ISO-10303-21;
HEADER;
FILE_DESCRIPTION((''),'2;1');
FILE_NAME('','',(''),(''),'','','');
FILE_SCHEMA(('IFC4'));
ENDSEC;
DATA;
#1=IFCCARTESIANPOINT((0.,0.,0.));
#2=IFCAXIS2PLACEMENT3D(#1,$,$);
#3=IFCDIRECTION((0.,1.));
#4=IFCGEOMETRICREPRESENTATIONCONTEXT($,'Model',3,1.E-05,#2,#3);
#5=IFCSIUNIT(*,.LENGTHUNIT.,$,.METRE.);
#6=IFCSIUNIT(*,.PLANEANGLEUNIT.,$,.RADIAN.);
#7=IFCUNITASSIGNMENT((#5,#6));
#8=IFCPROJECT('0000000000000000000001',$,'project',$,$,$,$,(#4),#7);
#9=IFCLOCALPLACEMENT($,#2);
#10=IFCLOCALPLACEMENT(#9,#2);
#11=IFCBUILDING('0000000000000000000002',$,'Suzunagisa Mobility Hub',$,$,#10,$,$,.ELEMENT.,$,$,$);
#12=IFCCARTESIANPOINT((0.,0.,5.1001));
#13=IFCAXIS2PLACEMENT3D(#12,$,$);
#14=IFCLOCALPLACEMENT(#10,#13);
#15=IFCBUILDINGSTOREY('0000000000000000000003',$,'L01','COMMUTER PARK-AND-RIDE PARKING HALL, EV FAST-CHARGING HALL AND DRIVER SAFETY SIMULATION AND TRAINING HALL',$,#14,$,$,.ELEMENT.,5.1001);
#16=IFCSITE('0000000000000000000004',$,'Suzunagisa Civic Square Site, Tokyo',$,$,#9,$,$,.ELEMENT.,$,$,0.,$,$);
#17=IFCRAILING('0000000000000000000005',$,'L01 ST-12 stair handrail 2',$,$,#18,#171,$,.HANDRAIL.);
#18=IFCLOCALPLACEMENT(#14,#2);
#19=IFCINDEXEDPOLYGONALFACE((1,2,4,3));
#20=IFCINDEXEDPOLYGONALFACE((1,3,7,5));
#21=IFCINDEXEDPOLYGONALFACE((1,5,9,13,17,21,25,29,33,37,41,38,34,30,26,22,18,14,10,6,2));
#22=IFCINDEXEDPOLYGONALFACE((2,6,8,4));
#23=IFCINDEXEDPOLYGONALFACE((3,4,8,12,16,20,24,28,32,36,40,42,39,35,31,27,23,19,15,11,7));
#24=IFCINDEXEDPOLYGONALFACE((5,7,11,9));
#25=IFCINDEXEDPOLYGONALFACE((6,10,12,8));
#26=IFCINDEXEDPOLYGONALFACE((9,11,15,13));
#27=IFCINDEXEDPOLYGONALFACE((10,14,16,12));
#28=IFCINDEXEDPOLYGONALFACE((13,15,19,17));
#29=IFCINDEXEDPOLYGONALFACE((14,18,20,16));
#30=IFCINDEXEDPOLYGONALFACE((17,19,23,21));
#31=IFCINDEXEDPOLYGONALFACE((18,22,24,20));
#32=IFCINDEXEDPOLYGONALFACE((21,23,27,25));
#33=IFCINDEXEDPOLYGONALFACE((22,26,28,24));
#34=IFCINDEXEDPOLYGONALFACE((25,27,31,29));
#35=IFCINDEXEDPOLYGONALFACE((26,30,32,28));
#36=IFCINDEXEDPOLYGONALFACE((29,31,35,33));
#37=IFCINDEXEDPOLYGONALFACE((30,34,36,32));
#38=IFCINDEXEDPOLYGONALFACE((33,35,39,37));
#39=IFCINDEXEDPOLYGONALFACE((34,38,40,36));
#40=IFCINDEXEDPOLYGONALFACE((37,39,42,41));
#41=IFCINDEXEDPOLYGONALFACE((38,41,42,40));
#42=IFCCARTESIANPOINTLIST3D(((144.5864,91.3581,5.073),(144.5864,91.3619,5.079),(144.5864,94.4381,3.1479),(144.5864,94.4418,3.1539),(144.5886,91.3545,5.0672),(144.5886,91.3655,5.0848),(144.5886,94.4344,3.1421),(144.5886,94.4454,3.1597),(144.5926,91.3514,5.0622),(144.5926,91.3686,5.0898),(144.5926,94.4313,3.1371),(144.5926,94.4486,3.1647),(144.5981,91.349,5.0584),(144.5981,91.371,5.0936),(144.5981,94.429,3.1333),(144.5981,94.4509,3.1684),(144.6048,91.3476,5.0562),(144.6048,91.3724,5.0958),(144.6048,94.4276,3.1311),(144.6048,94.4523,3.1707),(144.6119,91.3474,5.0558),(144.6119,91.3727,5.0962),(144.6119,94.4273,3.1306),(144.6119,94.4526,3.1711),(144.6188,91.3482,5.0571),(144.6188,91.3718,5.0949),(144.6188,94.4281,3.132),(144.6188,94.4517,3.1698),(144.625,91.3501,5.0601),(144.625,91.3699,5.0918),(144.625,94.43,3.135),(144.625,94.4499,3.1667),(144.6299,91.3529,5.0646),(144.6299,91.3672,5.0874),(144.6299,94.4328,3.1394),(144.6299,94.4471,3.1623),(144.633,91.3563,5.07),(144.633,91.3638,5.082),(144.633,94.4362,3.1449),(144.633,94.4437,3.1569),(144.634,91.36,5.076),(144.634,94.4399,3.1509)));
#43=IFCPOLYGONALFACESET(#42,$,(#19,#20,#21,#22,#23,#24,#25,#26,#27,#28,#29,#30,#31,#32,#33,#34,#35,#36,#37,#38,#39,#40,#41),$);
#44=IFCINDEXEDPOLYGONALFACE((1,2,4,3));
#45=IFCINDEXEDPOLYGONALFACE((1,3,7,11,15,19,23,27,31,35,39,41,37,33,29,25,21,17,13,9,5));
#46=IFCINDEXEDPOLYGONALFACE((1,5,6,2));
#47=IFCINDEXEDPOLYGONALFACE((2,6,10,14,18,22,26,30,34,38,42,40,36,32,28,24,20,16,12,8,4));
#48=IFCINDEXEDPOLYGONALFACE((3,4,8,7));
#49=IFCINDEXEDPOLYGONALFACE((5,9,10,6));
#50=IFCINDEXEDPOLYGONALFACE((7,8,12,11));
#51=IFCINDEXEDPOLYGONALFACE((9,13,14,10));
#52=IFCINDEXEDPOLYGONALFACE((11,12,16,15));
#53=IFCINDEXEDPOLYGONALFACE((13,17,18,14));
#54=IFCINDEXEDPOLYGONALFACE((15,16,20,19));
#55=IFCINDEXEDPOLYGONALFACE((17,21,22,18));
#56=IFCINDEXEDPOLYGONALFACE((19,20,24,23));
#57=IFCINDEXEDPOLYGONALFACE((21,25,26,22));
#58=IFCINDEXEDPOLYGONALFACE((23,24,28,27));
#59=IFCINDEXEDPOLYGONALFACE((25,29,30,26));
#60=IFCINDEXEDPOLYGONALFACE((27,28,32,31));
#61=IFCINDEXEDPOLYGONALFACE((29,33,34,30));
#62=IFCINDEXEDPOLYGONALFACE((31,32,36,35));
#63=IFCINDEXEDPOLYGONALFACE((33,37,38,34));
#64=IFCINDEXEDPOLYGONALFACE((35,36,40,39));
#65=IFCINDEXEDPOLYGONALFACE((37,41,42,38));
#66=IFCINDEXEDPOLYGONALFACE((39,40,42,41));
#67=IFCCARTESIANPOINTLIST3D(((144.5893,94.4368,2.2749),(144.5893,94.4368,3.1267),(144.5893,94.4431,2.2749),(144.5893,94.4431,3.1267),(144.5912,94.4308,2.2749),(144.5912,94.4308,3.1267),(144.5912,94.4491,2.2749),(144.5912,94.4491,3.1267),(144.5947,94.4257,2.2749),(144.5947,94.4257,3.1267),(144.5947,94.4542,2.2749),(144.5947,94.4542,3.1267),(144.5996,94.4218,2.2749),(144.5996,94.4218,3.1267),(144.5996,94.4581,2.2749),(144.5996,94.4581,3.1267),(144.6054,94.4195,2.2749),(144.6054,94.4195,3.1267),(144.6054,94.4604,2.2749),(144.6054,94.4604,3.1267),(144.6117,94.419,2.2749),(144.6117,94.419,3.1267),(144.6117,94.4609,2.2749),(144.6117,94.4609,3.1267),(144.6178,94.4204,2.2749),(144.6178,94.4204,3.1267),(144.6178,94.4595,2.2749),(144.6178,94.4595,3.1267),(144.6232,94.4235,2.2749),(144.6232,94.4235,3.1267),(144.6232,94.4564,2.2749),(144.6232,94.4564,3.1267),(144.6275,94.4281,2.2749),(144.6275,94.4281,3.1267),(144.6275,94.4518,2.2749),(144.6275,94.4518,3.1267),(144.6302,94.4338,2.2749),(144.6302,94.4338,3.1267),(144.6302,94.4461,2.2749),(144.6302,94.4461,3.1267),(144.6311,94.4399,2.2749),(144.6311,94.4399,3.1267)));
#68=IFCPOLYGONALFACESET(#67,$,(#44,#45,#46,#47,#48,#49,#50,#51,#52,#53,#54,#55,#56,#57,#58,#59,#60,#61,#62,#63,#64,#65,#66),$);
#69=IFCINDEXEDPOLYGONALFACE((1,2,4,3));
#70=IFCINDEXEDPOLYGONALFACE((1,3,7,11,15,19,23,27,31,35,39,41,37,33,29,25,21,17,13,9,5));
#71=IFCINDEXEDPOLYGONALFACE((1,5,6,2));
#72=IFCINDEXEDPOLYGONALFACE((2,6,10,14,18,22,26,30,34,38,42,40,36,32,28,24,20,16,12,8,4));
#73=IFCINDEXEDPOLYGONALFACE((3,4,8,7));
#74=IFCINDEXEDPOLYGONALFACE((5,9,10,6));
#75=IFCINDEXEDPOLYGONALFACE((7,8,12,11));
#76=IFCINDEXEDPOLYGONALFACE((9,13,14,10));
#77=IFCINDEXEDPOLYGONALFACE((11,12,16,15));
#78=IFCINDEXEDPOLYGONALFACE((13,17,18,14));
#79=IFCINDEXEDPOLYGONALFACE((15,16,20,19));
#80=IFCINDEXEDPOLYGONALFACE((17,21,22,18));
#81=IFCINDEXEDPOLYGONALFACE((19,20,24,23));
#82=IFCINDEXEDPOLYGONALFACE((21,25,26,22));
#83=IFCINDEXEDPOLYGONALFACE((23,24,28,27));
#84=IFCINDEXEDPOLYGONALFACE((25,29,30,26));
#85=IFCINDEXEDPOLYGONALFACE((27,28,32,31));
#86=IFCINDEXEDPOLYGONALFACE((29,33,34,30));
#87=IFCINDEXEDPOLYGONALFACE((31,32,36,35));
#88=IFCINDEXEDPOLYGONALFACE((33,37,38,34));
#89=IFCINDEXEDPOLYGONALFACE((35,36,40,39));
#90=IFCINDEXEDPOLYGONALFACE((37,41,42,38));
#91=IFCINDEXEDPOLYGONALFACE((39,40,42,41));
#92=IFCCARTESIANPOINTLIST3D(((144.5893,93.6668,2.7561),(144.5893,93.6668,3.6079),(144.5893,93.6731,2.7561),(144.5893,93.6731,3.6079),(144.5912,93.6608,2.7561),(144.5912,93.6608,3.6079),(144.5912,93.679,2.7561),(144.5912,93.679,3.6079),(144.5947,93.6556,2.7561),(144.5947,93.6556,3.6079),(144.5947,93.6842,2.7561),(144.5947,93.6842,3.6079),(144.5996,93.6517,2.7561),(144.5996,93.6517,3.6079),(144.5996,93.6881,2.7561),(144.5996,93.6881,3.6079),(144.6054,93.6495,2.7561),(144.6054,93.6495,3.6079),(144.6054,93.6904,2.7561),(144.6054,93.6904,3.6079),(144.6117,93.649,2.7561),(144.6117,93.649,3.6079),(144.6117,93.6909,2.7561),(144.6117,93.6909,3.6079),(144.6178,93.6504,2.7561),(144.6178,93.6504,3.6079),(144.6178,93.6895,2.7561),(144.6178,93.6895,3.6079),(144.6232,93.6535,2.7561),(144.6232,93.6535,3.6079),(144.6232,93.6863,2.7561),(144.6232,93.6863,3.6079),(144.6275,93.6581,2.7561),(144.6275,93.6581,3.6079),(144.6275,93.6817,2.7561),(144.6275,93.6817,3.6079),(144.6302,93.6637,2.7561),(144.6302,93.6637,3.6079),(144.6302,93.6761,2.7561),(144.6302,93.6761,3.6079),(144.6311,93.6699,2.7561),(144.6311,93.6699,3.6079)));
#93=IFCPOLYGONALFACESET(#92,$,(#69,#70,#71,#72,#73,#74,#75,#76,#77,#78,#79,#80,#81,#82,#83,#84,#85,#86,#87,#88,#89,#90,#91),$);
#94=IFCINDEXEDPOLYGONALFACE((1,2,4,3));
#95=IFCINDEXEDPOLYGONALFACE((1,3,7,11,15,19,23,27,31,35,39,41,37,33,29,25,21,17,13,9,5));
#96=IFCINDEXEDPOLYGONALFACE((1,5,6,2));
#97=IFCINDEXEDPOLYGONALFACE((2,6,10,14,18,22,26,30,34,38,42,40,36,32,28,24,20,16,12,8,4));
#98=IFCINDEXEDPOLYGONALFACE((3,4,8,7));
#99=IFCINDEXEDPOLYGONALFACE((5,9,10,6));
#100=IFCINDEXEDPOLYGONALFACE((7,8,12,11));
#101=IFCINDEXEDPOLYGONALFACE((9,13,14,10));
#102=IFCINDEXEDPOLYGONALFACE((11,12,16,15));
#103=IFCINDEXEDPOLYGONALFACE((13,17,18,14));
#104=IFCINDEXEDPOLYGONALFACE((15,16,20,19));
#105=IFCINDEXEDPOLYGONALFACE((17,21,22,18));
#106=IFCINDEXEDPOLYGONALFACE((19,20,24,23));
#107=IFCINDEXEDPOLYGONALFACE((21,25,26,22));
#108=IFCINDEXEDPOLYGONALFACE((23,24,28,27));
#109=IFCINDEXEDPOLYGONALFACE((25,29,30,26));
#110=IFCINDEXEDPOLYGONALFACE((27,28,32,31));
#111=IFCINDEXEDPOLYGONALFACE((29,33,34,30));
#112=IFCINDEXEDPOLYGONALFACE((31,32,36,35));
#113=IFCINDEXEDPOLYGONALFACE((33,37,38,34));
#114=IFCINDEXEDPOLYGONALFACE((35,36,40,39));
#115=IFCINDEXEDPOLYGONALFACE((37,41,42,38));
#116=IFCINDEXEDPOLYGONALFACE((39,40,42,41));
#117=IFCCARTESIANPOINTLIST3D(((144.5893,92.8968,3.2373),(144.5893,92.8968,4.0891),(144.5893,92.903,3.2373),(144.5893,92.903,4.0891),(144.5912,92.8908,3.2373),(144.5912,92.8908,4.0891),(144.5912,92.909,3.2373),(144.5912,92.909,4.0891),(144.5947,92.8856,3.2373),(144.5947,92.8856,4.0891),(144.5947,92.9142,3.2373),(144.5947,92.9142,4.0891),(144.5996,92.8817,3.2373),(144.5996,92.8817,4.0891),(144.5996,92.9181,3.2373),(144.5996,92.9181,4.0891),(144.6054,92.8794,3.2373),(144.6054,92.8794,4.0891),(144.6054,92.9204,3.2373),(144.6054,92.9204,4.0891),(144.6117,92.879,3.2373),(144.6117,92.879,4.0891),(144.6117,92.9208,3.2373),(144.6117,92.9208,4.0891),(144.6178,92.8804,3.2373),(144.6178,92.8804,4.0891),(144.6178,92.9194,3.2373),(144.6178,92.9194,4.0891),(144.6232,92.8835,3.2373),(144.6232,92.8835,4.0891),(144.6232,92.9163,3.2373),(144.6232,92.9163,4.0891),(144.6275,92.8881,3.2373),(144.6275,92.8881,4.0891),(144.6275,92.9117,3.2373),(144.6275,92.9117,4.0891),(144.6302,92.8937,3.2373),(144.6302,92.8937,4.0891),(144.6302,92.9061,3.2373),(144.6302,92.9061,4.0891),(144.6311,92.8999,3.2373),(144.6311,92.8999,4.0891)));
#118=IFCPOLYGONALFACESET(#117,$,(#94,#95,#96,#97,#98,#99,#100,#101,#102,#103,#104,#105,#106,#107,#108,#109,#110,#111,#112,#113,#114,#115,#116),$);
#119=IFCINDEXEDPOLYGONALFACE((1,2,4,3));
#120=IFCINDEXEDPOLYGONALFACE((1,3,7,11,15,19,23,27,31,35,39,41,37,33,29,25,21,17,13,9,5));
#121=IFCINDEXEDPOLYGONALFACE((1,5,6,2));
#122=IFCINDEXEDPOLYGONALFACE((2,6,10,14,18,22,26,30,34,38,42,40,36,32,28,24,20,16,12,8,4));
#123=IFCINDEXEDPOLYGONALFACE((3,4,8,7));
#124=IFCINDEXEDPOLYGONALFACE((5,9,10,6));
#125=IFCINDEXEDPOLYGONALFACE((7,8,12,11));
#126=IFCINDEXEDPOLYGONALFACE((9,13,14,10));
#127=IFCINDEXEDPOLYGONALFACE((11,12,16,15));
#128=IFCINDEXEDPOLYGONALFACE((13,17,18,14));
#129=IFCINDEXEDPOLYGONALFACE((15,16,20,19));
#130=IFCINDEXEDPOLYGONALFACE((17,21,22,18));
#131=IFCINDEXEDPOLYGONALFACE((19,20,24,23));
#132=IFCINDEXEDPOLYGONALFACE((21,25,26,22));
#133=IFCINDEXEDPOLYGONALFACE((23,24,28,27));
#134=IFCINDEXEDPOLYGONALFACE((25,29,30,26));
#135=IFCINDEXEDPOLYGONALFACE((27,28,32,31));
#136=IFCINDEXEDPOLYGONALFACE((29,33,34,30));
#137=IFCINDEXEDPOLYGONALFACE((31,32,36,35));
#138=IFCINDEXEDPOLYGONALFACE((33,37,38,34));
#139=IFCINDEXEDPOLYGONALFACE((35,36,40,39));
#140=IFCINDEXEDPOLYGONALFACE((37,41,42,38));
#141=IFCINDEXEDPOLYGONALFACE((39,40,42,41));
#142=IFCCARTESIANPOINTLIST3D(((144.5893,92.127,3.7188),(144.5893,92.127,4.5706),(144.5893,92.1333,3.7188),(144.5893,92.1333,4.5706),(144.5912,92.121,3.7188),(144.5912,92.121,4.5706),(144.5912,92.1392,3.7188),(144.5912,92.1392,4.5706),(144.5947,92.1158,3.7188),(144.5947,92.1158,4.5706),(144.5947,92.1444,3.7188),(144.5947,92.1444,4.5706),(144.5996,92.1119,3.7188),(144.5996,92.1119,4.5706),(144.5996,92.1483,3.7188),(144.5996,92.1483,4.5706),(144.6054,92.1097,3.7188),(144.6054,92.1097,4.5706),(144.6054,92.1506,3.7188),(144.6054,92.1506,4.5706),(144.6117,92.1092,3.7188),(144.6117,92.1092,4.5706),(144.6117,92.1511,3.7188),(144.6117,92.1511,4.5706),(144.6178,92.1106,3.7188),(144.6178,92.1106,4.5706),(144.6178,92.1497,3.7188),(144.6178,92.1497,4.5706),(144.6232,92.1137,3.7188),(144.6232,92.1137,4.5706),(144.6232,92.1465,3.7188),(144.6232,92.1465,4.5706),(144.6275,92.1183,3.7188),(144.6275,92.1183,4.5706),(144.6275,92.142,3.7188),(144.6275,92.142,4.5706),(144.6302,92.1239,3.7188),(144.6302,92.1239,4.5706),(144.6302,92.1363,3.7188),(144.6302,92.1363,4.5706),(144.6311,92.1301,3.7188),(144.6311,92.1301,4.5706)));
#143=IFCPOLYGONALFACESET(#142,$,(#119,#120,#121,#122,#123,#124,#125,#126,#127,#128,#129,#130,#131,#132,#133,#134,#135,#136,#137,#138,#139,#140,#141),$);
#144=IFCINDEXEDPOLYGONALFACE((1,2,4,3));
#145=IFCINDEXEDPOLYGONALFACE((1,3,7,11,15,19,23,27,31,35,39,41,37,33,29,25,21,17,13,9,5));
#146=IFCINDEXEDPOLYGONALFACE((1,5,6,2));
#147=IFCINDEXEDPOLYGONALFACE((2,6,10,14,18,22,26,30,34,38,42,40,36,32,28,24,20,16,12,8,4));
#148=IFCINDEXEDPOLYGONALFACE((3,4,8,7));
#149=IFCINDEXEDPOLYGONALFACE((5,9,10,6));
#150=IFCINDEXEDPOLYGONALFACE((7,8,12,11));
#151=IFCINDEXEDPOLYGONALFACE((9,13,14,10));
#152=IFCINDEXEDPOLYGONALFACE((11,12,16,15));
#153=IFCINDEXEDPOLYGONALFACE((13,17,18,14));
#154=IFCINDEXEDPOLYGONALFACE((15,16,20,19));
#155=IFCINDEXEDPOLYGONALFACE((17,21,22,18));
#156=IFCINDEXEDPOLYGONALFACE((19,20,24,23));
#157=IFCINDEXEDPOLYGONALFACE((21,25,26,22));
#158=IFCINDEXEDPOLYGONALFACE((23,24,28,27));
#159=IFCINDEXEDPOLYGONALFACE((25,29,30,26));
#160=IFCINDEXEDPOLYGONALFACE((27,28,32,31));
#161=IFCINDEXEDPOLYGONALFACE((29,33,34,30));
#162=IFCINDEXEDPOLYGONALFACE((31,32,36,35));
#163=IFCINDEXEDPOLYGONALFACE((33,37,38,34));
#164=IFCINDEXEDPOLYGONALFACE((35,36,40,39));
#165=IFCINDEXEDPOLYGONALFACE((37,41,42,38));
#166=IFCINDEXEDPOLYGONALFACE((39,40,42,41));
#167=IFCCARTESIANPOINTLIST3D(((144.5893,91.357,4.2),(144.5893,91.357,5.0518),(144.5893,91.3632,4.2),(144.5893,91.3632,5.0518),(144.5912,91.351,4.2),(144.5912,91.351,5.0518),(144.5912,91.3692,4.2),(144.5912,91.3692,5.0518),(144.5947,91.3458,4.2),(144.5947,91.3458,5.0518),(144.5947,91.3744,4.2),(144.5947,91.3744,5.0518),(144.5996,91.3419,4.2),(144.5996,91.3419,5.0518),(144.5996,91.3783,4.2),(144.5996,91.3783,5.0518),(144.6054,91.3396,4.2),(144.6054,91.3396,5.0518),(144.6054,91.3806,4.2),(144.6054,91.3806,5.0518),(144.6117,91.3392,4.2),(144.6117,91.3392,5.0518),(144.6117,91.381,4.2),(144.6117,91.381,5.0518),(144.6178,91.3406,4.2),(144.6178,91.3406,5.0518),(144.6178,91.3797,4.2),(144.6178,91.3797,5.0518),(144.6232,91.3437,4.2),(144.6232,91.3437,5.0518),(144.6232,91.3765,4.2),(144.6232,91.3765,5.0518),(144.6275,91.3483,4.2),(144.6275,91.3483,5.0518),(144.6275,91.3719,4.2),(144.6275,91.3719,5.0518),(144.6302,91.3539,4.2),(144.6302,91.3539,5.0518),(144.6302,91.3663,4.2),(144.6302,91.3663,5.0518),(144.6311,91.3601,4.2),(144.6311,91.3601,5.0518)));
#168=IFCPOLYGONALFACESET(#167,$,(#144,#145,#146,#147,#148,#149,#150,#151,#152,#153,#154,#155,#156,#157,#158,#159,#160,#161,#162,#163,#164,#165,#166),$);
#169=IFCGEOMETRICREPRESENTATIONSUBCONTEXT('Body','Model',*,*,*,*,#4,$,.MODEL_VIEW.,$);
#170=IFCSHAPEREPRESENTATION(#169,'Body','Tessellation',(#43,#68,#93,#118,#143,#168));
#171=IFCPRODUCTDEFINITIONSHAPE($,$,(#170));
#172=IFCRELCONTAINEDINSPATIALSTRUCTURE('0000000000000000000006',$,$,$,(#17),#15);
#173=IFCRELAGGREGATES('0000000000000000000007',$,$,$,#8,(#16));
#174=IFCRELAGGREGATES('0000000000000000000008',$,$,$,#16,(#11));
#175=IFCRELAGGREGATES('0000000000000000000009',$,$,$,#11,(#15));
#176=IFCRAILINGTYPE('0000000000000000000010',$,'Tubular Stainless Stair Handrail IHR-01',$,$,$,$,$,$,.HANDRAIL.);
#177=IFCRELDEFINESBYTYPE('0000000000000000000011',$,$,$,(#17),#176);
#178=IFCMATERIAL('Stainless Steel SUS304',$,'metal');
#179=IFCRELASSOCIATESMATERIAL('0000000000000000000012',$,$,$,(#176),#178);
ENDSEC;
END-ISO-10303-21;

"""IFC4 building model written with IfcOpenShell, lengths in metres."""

from ifc_helpers import new_model, si_unit, direction, frame, origin, origin_2d, place, context, subcontext, project, spatial, circle, extrude, material, type_object, element, save


model = new_model("IFC4")

# Units and contexts
model_context = context("Model", 3, precision=1e-05, world=origin(), true_north=direction((0.0, 1.0)))
body_context = subcontext(model_context, "Body", "Model", "MODEL_VIEW")
ifc_project = project(units=[si_unit("LENGTHUNIT", "METRE"), si_unit("PLANEANGLEUNIT", "RADIAN")], contexts=[model_context])

# Site, building, storey
site_placement = place(None, origin())
site = spatial("IfcSite", under=ifc_project, at=site_placement, Name="Suzunagisa Civic Square Site, Tokyo", CompositionType="ELEMENT", RefElevation=0.0)
building_placement = place(site_placement, origin())
building = spatial("IfcBuilding", under=site, at=building_placement, Name="Suzunagisa Mobility Hub", CompositionType="ELEMENT")
storey_placement = place(building_placement, frame((0.0, 0.0, 5.1001)))
storey = spatial("IfcBuildingStorey", under=building, at=storey_placement, Name="L01", Description="COMMUTER PARK-AND-RIDE PARKING HALL, EV FAST-CHARGING HALL AND DRIVER SAFETY SIMULATION AND TRAINING HALL", CompositionType="ELEMENT", Elevation=5.1001)

# Railing
ifc_material_1 = material(Name="Stainless Steel SUS304", Category="metal")
railing_type_1 = type_object("IfcRailingType", Name="Tubular Stainless Stair Handrail IHR-01", PredefinedType="HANDRAIL", material=ifc_material_1)
railing_1_placement = place(storey_placement, frame((144.6101, 94.4399, 2.2749)))
element("IfcRailing", 1, at=railing_1_placement, inside=storey, type_object=railing_type_1, Name="L01 ST-12 stair handrail 2", PredefinedType="HANDRAIL", context=body_context, shape_type="SweptSolid", body=[
    extrude(circle(Radius=0.0239, at=origin_2d()), frame((0.0, 0.0, 0.876), z_axis=(0.0, -0.847979, 0.530029), x_axis=(1.0, 0.0, 0.0)), (0.0, 0.0, 1.0), 3.6321),
    extrude(circle(Radius=0.021, at=origin_2d()), origin(), (0.0, 0.0, 1.0), 0.8518),
    extrude(circle(Radius=0.021, at=origin_2d()), frame((0.0, -0.77, 0.4812)), (0.0, 0.0, 1.0), 0.8518),
    extrude(circle(Radius=0.021, at=origin_2d()), frame((0.0, -1.54, 0.9624)), (0.0, 0.0, 1.0), 0.8518),
    extrude(circle(Radius=0.021, at=origin_2d()), frame((0.0, -2.3098, 1.4438)), (0.0, 0.0, 1.0), 0.8518),
    extrude(circle(Radius=0.021, at=origin_2d()), frame((0.0, -3.0798, 1.925)), (0.0, 0.0, 1.0), 0.8518),
])

save(model, "model.ifc")
